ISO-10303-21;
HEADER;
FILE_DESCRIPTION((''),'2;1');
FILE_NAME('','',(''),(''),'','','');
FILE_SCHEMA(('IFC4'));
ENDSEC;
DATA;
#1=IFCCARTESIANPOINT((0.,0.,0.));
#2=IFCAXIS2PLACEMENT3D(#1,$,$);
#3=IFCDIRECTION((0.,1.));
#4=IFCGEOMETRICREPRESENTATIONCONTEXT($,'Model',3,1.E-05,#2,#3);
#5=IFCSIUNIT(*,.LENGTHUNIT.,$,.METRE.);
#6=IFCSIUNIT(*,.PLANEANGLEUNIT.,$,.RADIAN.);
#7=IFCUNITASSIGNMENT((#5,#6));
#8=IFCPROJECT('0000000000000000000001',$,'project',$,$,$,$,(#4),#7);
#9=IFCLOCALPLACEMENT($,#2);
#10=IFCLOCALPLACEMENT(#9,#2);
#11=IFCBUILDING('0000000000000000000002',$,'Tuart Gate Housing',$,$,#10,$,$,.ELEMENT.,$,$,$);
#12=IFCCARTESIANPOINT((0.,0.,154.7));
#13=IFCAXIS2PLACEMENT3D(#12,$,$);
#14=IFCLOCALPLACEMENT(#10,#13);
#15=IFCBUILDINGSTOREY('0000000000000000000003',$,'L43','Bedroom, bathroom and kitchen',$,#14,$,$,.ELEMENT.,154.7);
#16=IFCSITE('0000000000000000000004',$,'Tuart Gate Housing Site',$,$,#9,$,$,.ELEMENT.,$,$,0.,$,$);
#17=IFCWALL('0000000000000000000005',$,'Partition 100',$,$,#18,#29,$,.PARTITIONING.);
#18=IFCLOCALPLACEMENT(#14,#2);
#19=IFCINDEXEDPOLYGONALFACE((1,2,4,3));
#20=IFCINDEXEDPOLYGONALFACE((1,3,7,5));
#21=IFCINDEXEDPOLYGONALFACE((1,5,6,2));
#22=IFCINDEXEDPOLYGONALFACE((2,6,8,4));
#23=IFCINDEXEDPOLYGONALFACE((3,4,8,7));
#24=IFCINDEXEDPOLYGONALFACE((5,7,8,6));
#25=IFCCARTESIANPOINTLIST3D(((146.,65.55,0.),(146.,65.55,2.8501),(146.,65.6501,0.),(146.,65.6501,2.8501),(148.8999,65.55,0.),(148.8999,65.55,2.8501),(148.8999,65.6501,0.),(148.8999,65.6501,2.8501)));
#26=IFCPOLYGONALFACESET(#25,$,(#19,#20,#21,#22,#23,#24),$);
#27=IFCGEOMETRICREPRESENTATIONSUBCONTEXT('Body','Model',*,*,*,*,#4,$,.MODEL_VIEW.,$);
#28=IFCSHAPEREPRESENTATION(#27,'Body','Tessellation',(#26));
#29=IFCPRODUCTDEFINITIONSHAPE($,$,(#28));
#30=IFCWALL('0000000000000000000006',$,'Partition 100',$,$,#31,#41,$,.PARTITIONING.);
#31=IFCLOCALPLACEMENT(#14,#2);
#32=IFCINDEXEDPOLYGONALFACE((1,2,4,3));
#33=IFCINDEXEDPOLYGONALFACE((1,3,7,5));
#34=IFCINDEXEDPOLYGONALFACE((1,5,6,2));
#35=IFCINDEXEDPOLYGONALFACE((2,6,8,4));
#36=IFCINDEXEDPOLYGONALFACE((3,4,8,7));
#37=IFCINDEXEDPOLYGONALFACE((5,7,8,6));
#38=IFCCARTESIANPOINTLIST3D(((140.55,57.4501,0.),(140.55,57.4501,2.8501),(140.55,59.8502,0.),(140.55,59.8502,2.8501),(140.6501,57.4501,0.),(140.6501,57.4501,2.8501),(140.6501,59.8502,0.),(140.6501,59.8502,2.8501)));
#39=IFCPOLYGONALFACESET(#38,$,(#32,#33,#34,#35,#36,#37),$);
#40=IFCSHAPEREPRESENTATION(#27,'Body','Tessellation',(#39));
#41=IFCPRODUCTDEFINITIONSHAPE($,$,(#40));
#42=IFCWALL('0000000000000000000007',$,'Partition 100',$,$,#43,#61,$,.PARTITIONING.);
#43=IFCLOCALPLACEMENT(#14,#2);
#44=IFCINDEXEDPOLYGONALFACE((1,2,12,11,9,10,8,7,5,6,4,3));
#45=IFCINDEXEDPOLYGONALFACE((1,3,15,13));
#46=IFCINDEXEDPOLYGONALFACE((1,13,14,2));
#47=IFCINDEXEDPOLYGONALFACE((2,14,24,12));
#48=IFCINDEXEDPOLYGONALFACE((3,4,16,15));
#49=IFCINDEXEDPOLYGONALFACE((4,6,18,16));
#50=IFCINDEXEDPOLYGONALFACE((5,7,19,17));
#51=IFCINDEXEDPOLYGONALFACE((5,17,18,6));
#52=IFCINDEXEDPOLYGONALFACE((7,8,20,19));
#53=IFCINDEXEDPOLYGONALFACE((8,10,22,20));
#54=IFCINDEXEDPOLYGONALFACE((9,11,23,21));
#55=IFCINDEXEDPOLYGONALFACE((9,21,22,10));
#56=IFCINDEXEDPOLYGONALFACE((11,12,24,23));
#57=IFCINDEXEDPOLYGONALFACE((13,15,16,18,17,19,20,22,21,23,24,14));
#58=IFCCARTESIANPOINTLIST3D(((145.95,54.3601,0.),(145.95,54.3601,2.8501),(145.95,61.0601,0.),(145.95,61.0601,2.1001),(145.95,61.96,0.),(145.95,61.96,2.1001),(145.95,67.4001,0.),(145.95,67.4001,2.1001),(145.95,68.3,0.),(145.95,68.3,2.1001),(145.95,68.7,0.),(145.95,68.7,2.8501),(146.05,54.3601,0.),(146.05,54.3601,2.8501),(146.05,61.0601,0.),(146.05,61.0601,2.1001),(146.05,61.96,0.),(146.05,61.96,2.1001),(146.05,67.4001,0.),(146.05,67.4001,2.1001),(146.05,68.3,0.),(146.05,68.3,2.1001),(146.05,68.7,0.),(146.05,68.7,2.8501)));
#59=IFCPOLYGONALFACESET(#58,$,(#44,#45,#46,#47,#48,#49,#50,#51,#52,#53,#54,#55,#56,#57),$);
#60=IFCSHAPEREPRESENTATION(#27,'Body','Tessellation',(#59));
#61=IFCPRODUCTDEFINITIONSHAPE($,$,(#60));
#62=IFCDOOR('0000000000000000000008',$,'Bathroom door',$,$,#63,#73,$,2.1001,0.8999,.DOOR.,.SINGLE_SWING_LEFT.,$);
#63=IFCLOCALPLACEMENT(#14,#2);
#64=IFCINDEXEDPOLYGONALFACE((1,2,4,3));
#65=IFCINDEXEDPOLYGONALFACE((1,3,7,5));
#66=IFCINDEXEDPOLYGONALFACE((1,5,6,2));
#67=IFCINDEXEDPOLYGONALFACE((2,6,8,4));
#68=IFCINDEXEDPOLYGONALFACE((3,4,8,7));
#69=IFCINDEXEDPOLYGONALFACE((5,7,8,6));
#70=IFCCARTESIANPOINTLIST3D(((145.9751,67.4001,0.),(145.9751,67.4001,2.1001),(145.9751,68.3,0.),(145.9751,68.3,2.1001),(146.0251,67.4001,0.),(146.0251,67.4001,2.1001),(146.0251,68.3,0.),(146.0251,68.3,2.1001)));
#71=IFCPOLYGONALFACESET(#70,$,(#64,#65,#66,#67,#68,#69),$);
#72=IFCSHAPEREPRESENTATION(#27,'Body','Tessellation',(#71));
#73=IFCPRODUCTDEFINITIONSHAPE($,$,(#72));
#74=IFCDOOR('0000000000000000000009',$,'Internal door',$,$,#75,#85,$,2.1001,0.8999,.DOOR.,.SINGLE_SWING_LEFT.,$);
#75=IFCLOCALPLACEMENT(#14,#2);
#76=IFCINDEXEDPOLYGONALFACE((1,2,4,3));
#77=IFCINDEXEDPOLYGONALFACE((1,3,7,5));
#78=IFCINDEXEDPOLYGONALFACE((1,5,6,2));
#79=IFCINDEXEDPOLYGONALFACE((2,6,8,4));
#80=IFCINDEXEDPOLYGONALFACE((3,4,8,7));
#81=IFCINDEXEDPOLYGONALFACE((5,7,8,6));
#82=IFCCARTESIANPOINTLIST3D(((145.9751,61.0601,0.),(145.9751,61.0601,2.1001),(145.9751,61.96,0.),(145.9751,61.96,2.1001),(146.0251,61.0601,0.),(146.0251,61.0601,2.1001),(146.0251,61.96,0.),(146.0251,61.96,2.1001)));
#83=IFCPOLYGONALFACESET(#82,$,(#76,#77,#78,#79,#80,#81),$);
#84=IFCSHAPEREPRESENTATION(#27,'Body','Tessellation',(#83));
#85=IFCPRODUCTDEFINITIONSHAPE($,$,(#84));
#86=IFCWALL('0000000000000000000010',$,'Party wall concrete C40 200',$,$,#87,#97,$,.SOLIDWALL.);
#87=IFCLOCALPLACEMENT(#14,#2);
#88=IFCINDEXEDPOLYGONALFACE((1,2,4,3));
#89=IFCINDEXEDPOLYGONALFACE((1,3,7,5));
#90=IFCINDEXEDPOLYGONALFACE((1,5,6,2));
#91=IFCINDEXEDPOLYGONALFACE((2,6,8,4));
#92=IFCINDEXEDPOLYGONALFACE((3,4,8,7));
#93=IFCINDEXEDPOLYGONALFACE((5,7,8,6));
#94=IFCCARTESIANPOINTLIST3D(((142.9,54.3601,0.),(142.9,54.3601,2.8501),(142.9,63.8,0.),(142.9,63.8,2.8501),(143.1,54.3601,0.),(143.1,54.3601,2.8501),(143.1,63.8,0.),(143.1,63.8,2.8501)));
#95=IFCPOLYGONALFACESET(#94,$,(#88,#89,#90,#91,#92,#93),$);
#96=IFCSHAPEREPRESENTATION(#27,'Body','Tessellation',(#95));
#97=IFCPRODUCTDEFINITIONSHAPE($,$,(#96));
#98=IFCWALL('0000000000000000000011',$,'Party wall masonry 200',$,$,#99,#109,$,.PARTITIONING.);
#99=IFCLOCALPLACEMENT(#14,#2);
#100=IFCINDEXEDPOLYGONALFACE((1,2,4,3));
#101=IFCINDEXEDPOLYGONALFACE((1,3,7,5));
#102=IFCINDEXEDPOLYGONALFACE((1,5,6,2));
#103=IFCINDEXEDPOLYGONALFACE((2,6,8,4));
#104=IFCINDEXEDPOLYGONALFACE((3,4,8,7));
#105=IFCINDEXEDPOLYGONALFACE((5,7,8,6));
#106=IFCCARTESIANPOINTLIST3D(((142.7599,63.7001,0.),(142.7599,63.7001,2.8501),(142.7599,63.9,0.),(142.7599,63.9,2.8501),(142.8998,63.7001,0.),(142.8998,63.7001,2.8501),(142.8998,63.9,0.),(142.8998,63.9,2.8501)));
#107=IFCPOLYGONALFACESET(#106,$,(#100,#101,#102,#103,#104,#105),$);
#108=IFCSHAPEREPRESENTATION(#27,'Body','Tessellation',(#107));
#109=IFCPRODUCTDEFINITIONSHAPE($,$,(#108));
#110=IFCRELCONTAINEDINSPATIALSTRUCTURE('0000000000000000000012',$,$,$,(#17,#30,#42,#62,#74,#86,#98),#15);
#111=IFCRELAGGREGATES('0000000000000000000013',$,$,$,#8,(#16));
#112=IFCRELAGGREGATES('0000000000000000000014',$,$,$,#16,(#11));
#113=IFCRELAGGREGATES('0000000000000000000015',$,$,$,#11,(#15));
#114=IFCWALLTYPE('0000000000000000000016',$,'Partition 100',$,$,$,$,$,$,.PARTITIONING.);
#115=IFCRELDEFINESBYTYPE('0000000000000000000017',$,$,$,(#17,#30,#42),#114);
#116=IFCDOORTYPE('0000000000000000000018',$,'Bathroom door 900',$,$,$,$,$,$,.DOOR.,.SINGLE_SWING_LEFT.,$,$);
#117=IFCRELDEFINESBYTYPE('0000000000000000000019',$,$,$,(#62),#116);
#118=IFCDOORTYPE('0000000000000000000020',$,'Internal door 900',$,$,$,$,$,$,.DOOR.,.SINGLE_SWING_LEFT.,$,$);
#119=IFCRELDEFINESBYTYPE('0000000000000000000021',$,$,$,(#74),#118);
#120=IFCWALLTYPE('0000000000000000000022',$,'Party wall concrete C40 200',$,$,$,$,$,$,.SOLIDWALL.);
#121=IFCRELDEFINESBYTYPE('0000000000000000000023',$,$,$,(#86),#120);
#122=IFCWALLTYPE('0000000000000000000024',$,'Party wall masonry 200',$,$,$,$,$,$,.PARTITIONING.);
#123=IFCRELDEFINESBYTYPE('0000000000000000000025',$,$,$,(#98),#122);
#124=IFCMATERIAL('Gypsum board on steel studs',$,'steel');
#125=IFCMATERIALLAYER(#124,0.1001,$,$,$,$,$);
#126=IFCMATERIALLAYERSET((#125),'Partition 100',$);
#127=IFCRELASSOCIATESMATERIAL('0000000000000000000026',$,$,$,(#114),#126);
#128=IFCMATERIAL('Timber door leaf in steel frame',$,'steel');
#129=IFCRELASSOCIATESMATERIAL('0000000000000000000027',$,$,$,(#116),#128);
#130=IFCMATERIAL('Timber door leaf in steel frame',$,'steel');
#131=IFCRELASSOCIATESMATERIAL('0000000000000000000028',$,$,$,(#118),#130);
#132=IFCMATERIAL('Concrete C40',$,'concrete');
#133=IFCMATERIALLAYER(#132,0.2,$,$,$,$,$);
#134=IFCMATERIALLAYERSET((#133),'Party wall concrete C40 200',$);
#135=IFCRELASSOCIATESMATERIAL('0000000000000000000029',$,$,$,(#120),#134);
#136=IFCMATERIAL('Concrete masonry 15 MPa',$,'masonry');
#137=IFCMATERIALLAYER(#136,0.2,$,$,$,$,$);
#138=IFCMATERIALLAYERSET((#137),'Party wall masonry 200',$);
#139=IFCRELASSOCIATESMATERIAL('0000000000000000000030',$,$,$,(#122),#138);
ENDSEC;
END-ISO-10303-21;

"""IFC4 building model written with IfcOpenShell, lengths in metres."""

from ifc_helpers import new_model, si_unit, direction, frame, frame_2d, origin, place, context, subcontext, project, spatial, rectangle, extrude, material, layer, layer_set, type_object, element, fill, save


model = new_model("IFC4")

# Units and contexts
model_context = context("Model", 3, precision=1e-05, world=origin(), true_north=direction((0.0, 1.0)))
body_context = subcontext(model_context, "Body", "Model", "MODEL_VIEW")
ifc_project = project(units=[si_unit("LENGTHUNIT", "METRE"), si_unit("PLANEANGLEUNIT", "RADIAN")], contexts=[model_context])

# Site, building, storey
site_placement = place(None, origin())
site = spatial("IfcSite", under=ifc_project, at=site_placement, Name="Tuart Gate Housing Site", CompositionType="ELEMENT", RefElevation=0.0)
building_placement = place(site_placement, origin())
building = spatial("IfcBuilding", under=site, at=building_placement, Name="Tuart Gate Housing", CompositionType="ELEMENT")
storey_placement = place(building_placement, frame((0.0, 0.0, 154.7)))
storey = spatial("IfcBuildingStorey", under=building, at=storey_placement, Name="L43", Description="Bedroom, bathroom and kitchen", CompositionType="ELEMENT", Elevation=154.7)

# Shared definitions
ifc_material_1 = material(Name="Gypsum board on steel studs", Category="steel")
ifc_layer_1 = layer(ifc_material_1, 0.1001)
ifc_layer_set_1 = layer_set([ifc_layer_1], Name="Partition 100")
wall_type_1 = type_object("IfcWallType", Name="Partition 100", PredefinedType="PARTITIONING", material=ifc_layer_set_1)

# Walls
wall_1_placement = place(storey_placement, frame((146.0, 65.6001, 0.0), z_axis=(0.0, 0.0, 1.0), x_axis=(1.0, 0.0, 0.0)))
element("IfcWall", 1, at=wall_1_placement, inside=storey, type_object=wall_type_1, Name="Partition 100", PredefinedType="PARTITIONING", context=body_context, shape_type="SweptSolid", body=[
    extrude(rectangle(XDim=2.8999, YDim=0.1001, at=frame_2d((1.45, 0.0))), origin(), (0.0, 0.0, 1.0), 2.8501),
])
wall_2_placement = place(storey_placement, frame((140.6001, 57.45, 0.0), z_axis=(0.0, 0.0, 1.0), x_axis=(0.0, 1.0, 0.0)))
element("IfcWall", 2, at=wall_2_placement, inside=storey, type_object=wall_type_1, Name="Partition 100", PredefinedType="PARTITIONING", context=body_context, shape_type="SweptSolid", body=[
    extrude(rectangle(XDim=2.4001, YDim=0.1001, at=frame_2d((1.2002, 0.0))), origin(), (0.0, 0.0, 1.0), 2.8501),
])

# Wall, openings, doors
wall_3_placement = place(storey_placement, frame((146.0, 54.3601, 0.0), z_axis=(0.0, 0.0, 1.0), x_axis=(0.0, 1.0, 0.0)))
wall_3 = element("IfcWall", 3, at=wall_3_placement, inside=storey, type_object=wall_type_1, Name="Partition 100", PredefinedType="PARTITIONING", context=body_context, shape_type="SweptSolid", body=[
    extrude(rectangle(XDim=14.3398, YDim=0.1001, at=frame_2d((7.1699, 0.0))), origin(), (0.0, 0.0, 1.0), 2.8501),
])
opening_1_placement = place(wall_3_placement, frame((6.7, 0.0, 0.0)))
opening_1 = element("IfcOpeningElement", 4, at=opening_1_placement, cuts=wall_3, PredefinedType="OPENING", context=body_context, shape_type="SweptSolid", body=[
    extrude(rectangle(XDim=0.8999, YDim=2.1001, at=frame_2d((0.45, 1.05))), frame((0.0, 0.0601, 0.0), z_axis=(0.0, -1.0, 0.0), x_axis=(1.0, 0.0, 0.0)), (0.0, 0.0, 1.0), 0.1201),
])
opening_2_placement = place(wall_3_placement, frame((13.04, 0.0, 0.0)))
opening_2 = element("IfcOpeningElement", 5, at=opening_2_placement, cuts=wall_3, PredefinedType="OPENING", context=body_context, shape_type="SweptSolid", body=[
    extrude(rectangle(XDim=0.8999, YDim=2.1001, at=frame_2d((0.45, 1.05))), frame((0.0, 0.0601, 0.0), z_axis=(0.0, -1.0, 0.0), x_axis=(1.0, 0.0, 0.0)), (0.0, 0.0, 1.0), 0.1201),
])
ifc_material_2 = material(Name="Timber door leaf in steel frame", Category="steel")
door_type_1 = type_object("IfcDoorType", Name="Bathroom door 900", OperationType="SINGLE_SWING_LEFT", PredefinedType="DOOR", material=ifc_material_2)
door_1_placement = place(opening_2_placement, frame((0.8999, 0.0, 0.0), z_axis=(0.0, 0.0, 1.0), x_axis=(-1.0, 0.0, 0.0)))
door_1 = element("IfcDoor", 6, at=door_1_placement, inside=storey, type_object=door_type_1, Name="Bathroom door", OperationType="SINGLE_SWING_LEFT", OverallHeight=2.1001, OverallWidth=0.8999, PredefinedType="DOOR", context=body_context, shape_type="SweptSolid", body=[
    extrude(rectangle(XDim=0.8999, YDim=2.1001, at=frame_2d((0.45, 1.05))), frame((0.0, 0.0251, 0.0), z_axis=(0.0, -1.0, 0.0), x_axis=(1.0, 0.0, 0.0)), (0.0, 0.0, 1.0), 0.05),
])
fill(opening_2, door_1)
ifc_material_3 = material(Name="Timber door leaf in steel frame", Category="steel")
door_type_2 = type_object("IfcDoorType", Name="Internal door 900", OperationType="SINGLE_SWING_LEFT", PredefinedType="DOOR", material=ifc_material_3)
door_2_placement = place(opening_1_placement, frame((0.8999, 0.0, 0.0), z_axis=(0.0, 0.0, 1.0), x_axis=(-1.0, 0.0, 0.0)))
door_2 = element("IfcDoor", 7, at=door_2_placement, inside=storey, type_object=door_type_2, Name="Internal door", OperationType="SINGLE_SWING_LEFT", OverallHeight=2.1001, OverallWidth=0.8999, PredefinedType="DOOR", context=body_context, shape_type="SweptSolid", body=[
    extrude(rectangle(XDim=0.8999, YDim=2.1001, at=frame_2d((0.45, 1.05))), frame((0.0, 0.0251, 0.0), z_axis=(0.0, -1.0, 0.0), x_axis=(1.0, 0.0, 0.0)), (0.0, 0.0, 1.0), 0.05),
])
fill(opening_1, door_2)

# Walls
ifc_material_4 = material(Name="Concrete C40", Category="concrete")
ifc_layer_2 = layer(ifc_material_4, 0.2)
ifc_layer_set_2 = layer_set([ifc_layer_2], Name="Party wall concrete C40 200")
wall_type_2 = type_object("IfcWallType", Name="Party wall concrete C40 200", PredefinedType="SOLIDWALL", material=ifc_layer_set_2)
wall_4_placement = place(storey_placement, frame((143.0, 54.3601, 0.0), z_axis=(0.0, 0.0, 1.0), x_axis=(0.0, 1.0, 0.0)))
element("IfcWall", 8, at=wall_4_placement, inside=storey, type_object=wall_type_2, Name="Party wall concrete C40 200", PredefinedType="SOLIDWALL", context=body_context, shape_type="SweptSolid", body=[
    extrude(rectangle(XDim=9.4399, YDim=0.2, at=frame_2d((4.72, 0.0))), origin(), (0.0, 0.0, 1.0), 2.8501),
])
ifc_material_5 = material(Name="Concrete masonry 15 MPa", Category="masonry")
ifc_layer_3 = layer(ifc_material_5, 0.2)
ifc_layer_set_3 = layer_set([ifc_layer_3], Name="Party wall masonry 200")
wall_type_3 = type_object("IfcWallType", Name="Party wall masonry 200", PredefinedType="PARTITIONING", material=ifc_layer_set_3)
wall_5_placement = place(storey_placement, frame((142.76, 63.8, 0.0), z_axis=(0.0, 0.0, 1.0), x_axis=(1.0, 0.0, 0.0)))
element("IfcWall", 9, at=wall_5_placement, inside=storey, type_object=wall_type_3, Name="Party wall masonry 200", PredefinedType="PARTITIONING", context=body_context, shape_type="SweptSolid", body=[
    extrude(rectangle(XDim=0.1399, YDim=0.2, at=frame_2d((0.0698, 0.0))), origin(), (0.0, 0.0, 1.0), 2.8501),
])

save(model, "model.ifc")
